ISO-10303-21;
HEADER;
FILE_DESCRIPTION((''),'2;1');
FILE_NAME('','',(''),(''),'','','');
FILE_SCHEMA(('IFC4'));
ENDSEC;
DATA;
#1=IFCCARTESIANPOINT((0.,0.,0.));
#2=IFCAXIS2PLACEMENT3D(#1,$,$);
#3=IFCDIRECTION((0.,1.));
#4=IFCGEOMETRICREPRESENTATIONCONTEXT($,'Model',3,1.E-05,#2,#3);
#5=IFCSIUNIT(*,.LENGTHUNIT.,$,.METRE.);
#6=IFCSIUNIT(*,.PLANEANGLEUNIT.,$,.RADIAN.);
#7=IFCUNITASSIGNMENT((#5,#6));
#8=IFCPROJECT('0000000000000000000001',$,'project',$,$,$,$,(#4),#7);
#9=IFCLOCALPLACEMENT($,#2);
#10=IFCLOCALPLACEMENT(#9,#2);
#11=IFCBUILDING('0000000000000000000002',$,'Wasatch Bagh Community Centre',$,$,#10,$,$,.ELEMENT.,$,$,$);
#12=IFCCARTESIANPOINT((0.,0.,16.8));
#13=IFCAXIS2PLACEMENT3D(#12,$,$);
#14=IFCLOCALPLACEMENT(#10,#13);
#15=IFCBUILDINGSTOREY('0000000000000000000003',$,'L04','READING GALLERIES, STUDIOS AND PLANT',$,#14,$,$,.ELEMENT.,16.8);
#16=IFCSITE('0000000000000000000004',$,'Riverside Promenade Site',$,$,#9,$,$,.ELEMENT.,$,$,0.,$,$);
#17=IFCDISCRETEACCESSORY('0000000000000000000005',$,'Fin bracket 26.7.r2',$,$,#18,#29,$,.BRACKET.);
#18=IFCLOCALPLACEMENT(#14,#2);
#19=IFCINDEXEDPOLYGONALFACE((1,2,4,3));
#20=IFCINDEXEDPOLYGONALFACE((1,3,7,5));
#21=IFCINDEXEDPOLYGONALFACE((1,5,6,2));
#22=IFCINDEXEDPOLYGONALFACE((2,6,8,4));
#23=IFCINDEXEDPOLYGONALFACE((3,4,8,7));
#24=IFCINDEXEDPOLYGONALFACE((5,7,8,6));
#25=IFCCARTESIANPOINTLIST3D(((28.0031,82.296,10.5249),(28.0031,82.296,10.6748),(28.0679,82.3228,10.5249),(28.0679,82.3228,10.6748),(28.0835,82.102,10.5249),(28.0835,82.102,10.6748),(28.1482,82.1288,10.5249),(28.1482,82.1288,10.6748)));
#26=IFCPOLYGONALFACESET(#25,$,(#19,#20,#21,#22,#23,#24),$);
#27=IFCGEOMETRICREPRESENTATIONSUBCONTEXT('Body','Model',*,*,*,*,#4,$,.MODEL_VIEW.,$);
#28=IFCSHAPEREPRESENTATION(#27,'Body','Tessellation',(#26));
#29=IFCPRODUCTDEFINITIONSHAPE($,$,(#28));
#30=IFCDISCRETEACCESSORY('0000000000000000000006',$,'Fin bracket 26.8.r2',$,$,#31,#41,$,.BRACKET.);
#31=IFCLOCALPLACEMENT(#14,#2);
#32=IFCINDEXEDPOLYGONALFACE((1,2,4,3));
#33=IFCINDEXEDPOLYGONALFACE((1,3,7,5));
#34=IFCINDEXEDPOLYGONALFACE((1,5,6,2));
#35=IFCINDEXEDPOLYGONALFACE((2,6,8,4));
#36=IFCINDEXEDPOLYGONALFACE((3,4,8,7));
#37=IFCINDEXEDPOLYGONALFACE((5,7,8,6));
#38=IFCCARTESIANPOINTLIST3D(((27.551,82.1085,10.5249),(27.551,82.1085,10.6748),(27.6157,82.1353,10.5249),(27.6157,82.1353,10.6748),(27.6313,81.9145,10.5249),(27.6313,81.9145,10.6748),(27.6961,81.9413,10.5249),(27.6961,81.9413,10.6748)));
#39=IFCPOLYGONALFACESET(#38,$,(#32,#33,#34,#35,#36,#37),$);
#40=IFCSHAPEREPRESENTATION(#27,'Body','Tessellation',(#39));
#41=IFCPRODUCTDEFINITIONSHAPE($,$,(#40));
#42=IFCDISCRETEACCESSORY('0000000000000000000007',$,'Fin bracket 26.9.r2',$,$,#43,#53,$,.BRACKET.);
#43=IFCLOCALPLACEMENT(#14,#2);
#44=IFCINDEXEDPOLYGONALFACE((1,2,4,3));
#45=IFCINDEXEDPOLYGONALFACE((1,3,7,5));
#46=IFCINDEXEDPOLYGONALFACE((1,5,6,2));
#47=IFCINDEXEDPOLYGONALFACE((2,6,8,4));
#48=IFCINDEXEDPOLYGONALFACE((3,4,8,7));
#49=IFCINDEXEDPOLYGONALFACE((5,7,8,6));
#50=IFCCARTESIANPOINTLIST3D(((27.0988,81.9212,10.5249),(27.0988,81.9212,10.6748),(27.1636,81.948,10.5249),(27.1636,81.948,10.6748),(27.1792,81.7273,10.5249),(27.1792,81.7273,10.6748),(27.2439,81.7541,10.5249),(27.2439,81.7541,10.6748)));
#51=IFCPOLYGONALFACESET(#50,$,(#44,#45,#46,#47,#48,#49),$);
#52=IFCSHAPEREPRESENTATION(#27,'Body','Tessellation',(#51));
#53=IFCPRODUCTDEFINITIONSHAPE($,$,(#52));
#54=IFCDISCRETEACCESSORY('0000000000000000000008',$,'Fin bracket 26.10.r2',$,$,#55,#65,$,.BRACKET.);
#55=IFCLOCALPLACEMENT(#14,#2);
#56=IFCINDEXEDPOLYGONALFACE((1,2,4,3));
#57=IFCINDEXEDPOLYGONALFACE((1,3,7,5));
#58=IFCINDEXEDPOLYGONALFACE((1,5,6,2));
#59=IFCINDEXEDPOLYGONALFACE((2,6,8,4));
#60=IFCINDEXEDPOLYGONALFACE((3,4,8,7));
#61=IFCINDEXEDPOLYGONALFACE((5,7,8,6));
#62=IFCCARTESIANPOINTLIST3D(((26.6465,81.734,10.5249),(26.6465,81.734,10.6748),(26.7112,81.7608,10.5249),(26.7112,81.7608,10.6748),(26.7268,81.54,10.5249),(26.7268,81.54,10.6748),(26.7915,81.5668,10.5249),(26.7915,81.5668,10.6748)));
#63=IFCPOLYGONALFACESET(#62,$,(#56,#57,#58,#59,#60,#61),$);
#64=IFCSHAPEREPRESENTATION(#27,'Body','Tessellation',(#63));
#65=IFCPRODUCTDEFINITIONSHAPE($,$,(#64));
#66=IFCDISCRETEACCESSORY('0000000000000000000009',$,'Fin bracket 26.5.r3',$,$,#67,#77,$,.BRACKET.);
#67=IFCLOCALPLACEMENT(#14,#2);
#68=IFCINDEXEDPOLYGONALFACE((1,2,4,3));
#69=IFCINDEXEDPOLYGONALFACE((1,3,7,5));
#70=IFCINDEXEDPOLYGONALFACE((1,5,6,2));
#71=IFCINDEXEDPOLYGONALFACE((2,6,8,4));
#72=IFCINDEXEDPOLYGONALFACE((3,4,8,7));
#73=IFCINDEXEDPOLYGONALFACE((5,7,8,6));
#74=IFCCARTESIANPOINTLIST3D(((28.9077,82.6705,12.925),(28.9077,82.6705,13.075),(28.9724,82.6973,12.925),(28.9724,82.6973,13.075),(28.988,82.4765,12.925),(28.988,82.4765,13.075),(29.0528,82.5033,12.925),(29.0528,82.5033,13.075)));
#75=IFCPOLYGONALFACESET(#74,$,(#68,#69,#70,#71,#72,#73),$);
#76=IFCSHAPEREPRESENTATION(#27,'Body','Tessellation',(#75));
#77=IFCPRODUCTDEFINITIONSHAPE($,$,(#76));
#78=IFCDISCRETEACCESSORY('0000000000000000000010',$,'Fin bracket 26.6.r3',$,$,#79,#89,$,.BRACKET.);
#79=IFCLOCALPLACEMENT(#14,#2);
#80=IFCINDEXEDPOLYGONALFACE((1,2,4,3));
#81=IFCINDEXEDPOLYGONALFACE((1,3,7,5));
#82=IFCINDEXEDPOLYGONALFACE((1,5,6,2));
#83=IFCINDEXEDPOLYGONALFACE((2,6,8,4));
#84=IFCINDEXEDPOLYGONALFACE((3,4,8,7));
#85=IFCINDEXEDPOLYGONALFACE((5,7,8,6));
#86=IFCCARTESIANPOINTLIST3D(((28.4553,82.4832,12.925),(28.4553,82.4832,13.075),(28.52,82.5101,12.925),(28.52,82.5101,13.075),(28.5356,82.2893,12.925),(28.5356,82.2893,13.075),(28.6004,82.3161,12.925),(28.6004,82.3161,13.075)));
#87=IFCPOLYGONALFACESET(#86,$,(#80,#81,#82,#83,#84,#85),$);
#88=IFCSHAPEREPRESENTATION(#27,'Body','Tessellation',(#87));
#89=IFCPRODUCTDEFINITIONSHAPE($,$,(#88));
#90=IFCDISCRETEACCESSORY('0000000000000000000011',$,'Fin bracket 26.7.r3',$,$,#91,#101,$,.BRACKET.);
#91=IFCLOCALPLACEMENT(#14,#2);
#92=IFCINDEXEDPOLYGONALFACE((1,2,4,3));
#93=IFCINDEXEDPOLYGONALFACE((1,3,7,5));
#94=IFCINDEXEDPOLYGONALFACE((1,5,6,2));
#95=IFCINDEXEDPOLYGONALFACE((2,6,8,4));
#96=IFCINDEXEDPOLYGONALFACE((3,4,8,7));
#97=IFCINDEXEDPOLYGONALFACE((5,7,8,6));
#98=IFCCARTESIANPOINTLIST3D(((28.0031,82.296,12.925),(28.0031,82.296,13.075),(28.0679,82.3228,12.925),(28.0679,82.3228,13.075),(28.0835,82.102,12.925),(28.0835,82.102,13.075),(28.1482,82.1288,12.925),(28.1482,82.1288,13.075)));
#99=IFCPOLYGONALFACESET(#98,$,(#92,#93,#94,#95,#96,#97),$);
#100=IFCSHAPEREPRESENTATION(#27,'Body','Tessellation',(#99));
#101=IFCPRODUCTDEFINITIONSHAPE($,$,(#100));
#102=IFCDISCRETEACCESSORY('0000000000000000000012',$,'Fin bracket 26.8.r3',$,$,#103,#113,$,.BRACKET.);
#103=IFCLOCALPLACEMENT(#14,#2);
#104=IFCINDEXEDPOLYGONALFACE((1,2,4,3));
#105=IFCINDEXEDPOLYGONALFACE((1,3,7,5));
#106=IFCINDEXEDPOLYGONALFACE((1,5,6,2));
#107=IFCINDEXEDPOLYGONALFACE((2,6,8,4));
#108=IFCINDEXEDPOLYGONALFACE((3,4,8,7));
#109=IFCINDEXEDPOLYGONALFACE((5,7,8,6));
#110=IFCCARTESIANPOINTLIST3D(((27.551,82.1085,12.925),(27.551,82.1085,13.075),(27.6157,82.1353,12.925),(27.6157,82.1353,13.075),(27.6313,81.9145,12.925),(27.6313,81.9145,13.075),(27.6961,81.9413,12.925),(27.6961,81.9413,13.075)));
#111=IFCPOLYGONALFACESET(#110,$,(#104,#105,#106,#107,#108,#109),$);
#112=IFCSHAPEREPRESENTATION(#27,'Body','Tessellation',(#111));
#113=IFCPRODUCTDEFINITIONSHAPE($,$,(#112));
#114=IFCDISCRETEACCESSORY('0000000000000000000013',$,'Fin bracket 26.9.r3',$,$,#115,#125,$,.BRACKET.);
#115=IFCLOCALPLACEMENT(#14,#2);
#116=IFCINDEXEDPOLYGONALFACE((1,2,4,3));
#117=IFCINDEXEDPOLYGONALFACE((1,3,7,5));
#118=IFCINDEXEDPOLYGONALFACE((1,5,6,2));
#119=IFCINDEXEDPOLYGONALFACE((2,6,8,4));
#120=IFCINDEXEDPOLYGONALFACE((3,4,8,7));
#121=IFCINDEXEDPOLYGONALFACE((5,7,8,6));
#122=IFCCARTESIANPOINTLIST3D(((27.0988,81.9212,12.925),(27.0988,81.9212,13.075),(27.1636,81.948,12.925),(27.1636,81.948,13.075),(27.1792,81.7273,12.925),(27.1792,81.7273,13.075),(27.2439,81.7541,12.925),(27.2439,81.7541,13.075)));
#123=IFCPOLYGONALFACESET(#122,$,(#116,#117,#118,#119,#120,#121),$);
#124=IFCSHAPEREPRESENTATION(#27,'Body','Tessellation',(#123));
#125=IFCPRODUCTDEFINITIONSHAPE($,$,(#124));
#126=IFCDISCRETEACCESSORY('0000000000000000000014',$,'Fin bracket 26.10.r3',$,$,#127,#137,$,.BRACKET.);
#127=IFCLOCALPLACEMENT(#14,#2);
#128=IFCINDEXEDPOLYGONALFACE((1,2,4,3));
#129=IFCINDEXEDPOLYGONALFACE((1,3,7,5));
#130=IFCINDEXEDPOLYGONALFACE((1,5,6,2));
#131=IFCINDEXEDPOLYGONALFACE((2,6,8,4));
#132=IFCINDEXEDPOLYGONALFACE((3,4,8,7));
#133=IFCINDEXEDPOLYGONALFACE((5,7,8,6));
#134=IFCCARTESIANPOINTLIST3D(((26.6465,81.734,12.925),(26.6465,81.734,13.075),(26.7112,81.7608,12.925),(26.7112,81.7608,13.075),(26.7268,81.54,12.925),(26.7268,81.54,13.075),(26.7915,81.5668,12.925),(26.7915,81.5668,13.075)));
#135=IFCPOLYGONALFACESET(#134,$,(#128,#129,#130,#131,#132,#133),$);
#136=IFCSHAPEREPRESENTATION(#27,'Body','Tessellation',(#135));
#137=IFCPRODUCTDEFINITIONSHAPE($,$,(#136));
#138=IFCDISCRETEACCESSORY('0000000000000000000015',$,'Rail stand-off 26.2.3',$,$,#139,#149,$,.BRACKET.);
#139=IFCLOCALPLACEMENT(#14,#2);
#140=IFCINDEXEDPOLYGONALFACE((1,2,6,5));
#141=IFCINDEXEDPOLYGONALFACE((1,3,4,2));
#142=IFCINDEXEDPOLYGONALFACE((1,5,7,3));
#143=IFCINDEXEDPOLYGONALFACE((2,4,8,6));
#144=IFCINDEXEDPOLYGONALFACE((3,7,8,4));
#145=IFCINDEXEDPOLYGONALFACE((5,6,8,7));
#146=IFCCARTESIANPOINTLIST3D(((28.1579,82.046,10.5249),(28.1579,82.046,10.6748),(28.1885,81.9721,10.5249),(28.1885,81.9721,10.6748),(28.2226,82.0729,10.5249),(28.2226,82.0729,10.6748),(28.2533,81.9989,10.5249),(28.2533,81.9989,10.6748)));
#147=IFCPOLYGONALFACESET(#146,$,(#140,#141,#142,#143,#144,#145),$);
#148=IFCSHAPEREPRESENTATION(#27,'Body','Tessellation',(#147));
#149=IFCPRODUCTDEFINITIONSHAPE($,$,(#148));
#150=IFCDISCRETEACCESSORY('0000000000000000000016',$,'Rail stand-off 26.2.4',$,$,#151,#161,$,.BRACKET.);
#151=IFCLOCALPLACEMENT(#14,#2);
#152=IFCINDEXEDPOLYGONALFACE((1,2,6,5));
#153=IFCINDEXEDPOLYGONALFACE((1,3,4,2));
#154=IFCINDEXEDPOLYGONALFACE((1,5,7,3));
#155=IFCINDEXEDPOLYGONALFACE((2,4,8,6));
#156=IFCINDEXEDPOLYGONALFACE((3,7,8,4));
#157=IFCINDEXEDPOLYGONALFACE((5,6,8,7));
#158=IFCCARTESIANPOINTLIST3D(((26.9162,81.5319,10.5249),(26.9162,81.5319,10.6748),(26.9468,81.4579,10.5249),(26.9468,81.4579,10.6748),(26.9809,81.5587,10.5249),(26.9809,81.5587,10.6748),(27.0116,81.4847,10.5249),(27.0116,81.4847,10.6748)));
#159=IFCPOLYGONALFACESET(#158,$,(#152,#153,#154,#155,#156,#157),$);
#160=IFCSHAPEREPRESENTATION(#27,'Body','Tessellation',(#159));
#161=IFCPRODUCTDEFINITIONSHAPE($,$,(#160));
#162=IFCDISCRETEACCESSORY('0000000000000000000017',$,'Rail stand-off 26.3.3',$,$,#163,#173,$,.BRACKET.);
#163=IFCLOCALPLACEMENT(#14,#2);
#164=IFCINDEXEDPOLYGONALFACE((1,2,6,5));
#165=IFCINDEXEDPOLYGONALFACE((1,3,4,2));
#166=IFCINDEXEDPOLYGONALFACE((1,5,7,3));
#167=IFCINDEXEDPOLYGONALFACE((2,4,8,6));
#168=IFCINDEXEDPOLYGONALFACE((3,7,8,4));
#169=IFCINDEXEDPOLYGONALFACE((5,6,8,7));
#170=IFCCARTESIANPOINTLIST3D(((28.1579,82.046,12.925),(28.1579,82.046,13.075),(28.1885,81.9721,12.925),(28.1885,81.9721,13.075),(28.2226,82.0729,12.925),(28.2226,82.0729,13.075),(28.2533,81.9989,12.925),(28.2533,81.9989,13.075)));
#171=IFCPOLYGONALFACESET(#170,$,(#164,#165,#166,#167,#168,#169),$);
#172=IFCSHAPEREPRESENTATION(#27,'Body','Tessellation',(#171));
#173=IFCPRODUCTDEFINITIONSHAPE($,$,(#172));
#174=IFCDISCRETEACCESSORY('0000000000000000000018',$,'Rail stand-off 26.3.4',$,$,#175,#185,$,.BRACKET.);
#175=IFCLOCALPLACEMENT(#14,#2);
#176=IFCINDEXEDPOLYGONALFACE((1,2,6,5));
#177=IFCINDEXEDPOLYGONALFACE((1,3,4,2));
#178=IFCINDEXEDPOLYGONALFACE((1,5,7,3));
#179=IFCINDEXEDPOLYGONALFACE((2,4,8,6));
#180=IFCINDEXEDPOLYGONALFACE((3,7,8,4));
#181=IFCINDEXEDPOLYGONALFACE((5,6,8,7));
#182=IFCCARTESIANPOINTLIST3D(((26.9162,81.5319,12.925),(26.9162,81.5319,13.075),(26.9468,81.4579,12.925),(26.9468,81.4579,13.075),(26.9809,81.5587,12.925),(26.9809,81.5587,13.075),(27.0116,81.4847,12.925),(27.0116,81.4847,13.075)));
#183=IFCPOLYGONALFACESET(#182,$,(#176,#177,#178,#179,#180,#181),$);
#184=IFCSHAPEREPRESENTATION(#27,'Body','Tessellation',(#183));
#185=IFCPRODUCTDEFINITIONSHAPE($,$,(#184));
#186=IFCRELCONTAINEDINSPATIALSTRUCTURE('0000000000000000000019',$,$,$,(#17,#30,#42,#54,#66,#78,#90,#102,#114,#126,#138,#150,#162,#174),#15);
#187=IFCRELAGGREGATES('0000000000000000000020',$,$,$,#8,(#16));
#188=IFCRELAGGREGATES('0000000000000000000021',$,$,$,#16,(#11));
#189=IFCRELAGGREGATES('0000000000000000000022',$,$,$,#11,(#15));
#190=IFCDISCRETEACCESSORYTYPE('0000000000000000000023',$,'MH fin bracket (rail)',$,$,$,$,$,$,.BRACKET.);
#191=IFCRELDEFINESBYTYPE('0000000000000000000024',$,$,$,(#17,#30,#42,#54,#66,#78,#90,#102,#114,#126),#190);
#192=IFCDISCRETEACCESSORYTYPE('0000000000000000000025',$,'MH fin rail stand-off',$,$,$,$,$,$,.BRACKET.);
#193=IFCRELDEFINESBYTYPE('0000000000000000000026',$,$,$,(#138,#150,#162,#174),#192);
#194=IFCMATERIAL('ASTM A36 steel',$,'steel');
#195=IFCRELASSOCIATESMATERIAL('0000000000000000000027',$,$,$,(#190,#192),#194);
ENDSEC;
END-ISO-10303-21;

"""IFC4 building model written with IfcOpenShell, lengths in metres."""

from ifc_helpers import new_model, si_unit, direction, frame, origin, origin_2d, place, context, subcontext, project, spatial, rectangle, extrude, material, type_object, element, save


model = new_model("IFC4")

# Units and contexts
model_context = context("Model", 3, precision=1e-05, world=origin(), true_north=direction((0.0, 1.0)))
body_context = subcontext(model_context, "Body", "Model", "MODEL_VIEW")
ifc_project = project(units=[si_unit("LENGTHUNIT", "METRE"), si_unit("PLANEANGLEUNIT", "RADIAN")], contexts=[model_context])

# Site, building, storey
site_placement = place(None, origin())
site = spatial("IfcSite", under=ifc_project, at=site_placement, Name="Riverside Promenade Site", CompositionType="ELEMENT", RefElevation=0.0)
building_placement = place(site_placement, origin())
building = spatial("IfcBuilding", under=site, at=building_placement, Name="Wasatch Bagh Community Centre", CompositionType="ELEMENT")
storey_placement = place(building_placement, frame((0.0, 0.0, 16.8)))
storey = spatial("IfcBuildingStorey", under=building, at=storey_placement, Name="L04", Description="READING GALLERIES, STUDIOS AND PLANT", CompositionType="ELEMENT", Elevation=16.8)

# Discrete accessories
ifc_material_1 = material(Name="ASTM A36 steel", Category="steel")
discrete_accessory_type_1 = type_object("IfcDiscreteAccessoryType", Name="MH fin bracket (rail)", PredefinedType="BRACKET", material=ifc_material_1)
for number, where, z_axis, x_axis, name in (
    (1, (28.0757, 82.2124, 10.5249), (0.0, 0.0, 1.0), (-0.92388, -0.382683, 0.0), "Fin bracket 26.7.r2"),
    (2, (27.6235, 82.0249, 10.5249), (0.0, 0.0, 1.0), (-0.92388, -0.382683, 0.0), "Fin bracket 26.8.r2"),
    (3, (27.1714, 81.8376, 10.5249), (0.0, 0.0, 1.0), (-0.92388, -0.382683, 0.0), "Fin bracket 26.9.r2"),
    (4, (26.719, 81.6504, 10.5249), (0.0, 0.0, 1.0), (-0.92388, -0.382683, 0.0), "Fin bracket 26.10.r2"),
    (5, (28.9802, 82.5869, 12.925), (0.0, 0.0, 1.0), (-0.92388, -0.382683, 0.0), "Fin bracket 26.5.r3"),
    (6, (28.5278, 82.3997, 12.925), (0.0, 0.0, 1.0), (-0.92388, -0.382683, 0.0), "Fin bracket 26.6.r3"),
    (7, (28.0757, 82.2124, 12.925), (0.0, 0.0, 1.0), (-0.92388, -0.382683, 0.0), "Fin bracket 26.7.r3"),
    (8, (27.6235, 82.0249, 12.925), (0.0, 0.0, 1.0), (-0.92388, -0.382683, 0.0), "Fin bracket 26.8.r3"),
    (9, (27.1714, 81.8376, 12.925), (0.0, 0.0, 1.0), (-0.92388, -0.382683, 0.0), "Fin bracket 26.9.r3"),
    (10, (26.719, 81.6504, 12.925), (0.0, 0.0, 1.0), (-0.92388, -0.382683, 0.0), "Fin bracket 26.10.r3"),
):
    element("IfcDiscreteAccessory", number, at=place(storey_placement, frame(where, z_axis=z_axis, x_axis=x_axis)), inside=storey, type_object=discrete_accessory_type_1, Name=name, PredefinedType="BRACKET", context=body_context, shape_type="SweptSolid", body=[
        extrude(rectangle(XDim=0.0701, YDim=0.21, at=origin_2d()), origin(), (0.0, 0.0, 1.0), 0.1499),
    ])
discrete_accessory_type_2 = type_object("IfcDiscreteAccessoryType", Name="MH fin rail stand-off", PredefinedType="BRACKET", material=ifc_material_1)
for number, where, z_axis, x_axis, name in (
    (11, (28.2056, 82.0225, 10.5249), (0.0, 0.0, 1.0), (-0.92388, -0.382683, 0.0), "Rail stand-off 26.2.3"),
    (12, (26.9639, 81.5083, 10.5249), (0.0, 0.0, 1.0), (-0.92388, -0.382683, 0.0), "Rail stand-off 26.2.4"),
    (13, (28.2056, 82.0225, 12.925), (0.0, 0.0, 1.0), (-0.92388, -0.382683, 0.0), "Rail stand-off 26.3.3"),
    (14, (26.9639, 81.5083, 12.925), (0.0, 0.0, 1.0), (-0.92388, -0.382683, 0.0), "Rail stand-off 26.3.4"),
):
    element("IfcDiscreteAccessory", number, at=place(storey_placement, frame(where, z_axis=z_axis, x_axis=x_axis)), inside=storey, type_object=discrete_accessory_type_2, Name=name, PredefinedType="BRACKET", context=body_context, shape_type="SweptSolid", body=[
        extrude(rectangle(XDim=0.0701, YDim=0.0801, at=origin_2d()), origin(), (0.0, 0.0, 1.0), 0.1499),
    ])

save(model, "model.ifc")
